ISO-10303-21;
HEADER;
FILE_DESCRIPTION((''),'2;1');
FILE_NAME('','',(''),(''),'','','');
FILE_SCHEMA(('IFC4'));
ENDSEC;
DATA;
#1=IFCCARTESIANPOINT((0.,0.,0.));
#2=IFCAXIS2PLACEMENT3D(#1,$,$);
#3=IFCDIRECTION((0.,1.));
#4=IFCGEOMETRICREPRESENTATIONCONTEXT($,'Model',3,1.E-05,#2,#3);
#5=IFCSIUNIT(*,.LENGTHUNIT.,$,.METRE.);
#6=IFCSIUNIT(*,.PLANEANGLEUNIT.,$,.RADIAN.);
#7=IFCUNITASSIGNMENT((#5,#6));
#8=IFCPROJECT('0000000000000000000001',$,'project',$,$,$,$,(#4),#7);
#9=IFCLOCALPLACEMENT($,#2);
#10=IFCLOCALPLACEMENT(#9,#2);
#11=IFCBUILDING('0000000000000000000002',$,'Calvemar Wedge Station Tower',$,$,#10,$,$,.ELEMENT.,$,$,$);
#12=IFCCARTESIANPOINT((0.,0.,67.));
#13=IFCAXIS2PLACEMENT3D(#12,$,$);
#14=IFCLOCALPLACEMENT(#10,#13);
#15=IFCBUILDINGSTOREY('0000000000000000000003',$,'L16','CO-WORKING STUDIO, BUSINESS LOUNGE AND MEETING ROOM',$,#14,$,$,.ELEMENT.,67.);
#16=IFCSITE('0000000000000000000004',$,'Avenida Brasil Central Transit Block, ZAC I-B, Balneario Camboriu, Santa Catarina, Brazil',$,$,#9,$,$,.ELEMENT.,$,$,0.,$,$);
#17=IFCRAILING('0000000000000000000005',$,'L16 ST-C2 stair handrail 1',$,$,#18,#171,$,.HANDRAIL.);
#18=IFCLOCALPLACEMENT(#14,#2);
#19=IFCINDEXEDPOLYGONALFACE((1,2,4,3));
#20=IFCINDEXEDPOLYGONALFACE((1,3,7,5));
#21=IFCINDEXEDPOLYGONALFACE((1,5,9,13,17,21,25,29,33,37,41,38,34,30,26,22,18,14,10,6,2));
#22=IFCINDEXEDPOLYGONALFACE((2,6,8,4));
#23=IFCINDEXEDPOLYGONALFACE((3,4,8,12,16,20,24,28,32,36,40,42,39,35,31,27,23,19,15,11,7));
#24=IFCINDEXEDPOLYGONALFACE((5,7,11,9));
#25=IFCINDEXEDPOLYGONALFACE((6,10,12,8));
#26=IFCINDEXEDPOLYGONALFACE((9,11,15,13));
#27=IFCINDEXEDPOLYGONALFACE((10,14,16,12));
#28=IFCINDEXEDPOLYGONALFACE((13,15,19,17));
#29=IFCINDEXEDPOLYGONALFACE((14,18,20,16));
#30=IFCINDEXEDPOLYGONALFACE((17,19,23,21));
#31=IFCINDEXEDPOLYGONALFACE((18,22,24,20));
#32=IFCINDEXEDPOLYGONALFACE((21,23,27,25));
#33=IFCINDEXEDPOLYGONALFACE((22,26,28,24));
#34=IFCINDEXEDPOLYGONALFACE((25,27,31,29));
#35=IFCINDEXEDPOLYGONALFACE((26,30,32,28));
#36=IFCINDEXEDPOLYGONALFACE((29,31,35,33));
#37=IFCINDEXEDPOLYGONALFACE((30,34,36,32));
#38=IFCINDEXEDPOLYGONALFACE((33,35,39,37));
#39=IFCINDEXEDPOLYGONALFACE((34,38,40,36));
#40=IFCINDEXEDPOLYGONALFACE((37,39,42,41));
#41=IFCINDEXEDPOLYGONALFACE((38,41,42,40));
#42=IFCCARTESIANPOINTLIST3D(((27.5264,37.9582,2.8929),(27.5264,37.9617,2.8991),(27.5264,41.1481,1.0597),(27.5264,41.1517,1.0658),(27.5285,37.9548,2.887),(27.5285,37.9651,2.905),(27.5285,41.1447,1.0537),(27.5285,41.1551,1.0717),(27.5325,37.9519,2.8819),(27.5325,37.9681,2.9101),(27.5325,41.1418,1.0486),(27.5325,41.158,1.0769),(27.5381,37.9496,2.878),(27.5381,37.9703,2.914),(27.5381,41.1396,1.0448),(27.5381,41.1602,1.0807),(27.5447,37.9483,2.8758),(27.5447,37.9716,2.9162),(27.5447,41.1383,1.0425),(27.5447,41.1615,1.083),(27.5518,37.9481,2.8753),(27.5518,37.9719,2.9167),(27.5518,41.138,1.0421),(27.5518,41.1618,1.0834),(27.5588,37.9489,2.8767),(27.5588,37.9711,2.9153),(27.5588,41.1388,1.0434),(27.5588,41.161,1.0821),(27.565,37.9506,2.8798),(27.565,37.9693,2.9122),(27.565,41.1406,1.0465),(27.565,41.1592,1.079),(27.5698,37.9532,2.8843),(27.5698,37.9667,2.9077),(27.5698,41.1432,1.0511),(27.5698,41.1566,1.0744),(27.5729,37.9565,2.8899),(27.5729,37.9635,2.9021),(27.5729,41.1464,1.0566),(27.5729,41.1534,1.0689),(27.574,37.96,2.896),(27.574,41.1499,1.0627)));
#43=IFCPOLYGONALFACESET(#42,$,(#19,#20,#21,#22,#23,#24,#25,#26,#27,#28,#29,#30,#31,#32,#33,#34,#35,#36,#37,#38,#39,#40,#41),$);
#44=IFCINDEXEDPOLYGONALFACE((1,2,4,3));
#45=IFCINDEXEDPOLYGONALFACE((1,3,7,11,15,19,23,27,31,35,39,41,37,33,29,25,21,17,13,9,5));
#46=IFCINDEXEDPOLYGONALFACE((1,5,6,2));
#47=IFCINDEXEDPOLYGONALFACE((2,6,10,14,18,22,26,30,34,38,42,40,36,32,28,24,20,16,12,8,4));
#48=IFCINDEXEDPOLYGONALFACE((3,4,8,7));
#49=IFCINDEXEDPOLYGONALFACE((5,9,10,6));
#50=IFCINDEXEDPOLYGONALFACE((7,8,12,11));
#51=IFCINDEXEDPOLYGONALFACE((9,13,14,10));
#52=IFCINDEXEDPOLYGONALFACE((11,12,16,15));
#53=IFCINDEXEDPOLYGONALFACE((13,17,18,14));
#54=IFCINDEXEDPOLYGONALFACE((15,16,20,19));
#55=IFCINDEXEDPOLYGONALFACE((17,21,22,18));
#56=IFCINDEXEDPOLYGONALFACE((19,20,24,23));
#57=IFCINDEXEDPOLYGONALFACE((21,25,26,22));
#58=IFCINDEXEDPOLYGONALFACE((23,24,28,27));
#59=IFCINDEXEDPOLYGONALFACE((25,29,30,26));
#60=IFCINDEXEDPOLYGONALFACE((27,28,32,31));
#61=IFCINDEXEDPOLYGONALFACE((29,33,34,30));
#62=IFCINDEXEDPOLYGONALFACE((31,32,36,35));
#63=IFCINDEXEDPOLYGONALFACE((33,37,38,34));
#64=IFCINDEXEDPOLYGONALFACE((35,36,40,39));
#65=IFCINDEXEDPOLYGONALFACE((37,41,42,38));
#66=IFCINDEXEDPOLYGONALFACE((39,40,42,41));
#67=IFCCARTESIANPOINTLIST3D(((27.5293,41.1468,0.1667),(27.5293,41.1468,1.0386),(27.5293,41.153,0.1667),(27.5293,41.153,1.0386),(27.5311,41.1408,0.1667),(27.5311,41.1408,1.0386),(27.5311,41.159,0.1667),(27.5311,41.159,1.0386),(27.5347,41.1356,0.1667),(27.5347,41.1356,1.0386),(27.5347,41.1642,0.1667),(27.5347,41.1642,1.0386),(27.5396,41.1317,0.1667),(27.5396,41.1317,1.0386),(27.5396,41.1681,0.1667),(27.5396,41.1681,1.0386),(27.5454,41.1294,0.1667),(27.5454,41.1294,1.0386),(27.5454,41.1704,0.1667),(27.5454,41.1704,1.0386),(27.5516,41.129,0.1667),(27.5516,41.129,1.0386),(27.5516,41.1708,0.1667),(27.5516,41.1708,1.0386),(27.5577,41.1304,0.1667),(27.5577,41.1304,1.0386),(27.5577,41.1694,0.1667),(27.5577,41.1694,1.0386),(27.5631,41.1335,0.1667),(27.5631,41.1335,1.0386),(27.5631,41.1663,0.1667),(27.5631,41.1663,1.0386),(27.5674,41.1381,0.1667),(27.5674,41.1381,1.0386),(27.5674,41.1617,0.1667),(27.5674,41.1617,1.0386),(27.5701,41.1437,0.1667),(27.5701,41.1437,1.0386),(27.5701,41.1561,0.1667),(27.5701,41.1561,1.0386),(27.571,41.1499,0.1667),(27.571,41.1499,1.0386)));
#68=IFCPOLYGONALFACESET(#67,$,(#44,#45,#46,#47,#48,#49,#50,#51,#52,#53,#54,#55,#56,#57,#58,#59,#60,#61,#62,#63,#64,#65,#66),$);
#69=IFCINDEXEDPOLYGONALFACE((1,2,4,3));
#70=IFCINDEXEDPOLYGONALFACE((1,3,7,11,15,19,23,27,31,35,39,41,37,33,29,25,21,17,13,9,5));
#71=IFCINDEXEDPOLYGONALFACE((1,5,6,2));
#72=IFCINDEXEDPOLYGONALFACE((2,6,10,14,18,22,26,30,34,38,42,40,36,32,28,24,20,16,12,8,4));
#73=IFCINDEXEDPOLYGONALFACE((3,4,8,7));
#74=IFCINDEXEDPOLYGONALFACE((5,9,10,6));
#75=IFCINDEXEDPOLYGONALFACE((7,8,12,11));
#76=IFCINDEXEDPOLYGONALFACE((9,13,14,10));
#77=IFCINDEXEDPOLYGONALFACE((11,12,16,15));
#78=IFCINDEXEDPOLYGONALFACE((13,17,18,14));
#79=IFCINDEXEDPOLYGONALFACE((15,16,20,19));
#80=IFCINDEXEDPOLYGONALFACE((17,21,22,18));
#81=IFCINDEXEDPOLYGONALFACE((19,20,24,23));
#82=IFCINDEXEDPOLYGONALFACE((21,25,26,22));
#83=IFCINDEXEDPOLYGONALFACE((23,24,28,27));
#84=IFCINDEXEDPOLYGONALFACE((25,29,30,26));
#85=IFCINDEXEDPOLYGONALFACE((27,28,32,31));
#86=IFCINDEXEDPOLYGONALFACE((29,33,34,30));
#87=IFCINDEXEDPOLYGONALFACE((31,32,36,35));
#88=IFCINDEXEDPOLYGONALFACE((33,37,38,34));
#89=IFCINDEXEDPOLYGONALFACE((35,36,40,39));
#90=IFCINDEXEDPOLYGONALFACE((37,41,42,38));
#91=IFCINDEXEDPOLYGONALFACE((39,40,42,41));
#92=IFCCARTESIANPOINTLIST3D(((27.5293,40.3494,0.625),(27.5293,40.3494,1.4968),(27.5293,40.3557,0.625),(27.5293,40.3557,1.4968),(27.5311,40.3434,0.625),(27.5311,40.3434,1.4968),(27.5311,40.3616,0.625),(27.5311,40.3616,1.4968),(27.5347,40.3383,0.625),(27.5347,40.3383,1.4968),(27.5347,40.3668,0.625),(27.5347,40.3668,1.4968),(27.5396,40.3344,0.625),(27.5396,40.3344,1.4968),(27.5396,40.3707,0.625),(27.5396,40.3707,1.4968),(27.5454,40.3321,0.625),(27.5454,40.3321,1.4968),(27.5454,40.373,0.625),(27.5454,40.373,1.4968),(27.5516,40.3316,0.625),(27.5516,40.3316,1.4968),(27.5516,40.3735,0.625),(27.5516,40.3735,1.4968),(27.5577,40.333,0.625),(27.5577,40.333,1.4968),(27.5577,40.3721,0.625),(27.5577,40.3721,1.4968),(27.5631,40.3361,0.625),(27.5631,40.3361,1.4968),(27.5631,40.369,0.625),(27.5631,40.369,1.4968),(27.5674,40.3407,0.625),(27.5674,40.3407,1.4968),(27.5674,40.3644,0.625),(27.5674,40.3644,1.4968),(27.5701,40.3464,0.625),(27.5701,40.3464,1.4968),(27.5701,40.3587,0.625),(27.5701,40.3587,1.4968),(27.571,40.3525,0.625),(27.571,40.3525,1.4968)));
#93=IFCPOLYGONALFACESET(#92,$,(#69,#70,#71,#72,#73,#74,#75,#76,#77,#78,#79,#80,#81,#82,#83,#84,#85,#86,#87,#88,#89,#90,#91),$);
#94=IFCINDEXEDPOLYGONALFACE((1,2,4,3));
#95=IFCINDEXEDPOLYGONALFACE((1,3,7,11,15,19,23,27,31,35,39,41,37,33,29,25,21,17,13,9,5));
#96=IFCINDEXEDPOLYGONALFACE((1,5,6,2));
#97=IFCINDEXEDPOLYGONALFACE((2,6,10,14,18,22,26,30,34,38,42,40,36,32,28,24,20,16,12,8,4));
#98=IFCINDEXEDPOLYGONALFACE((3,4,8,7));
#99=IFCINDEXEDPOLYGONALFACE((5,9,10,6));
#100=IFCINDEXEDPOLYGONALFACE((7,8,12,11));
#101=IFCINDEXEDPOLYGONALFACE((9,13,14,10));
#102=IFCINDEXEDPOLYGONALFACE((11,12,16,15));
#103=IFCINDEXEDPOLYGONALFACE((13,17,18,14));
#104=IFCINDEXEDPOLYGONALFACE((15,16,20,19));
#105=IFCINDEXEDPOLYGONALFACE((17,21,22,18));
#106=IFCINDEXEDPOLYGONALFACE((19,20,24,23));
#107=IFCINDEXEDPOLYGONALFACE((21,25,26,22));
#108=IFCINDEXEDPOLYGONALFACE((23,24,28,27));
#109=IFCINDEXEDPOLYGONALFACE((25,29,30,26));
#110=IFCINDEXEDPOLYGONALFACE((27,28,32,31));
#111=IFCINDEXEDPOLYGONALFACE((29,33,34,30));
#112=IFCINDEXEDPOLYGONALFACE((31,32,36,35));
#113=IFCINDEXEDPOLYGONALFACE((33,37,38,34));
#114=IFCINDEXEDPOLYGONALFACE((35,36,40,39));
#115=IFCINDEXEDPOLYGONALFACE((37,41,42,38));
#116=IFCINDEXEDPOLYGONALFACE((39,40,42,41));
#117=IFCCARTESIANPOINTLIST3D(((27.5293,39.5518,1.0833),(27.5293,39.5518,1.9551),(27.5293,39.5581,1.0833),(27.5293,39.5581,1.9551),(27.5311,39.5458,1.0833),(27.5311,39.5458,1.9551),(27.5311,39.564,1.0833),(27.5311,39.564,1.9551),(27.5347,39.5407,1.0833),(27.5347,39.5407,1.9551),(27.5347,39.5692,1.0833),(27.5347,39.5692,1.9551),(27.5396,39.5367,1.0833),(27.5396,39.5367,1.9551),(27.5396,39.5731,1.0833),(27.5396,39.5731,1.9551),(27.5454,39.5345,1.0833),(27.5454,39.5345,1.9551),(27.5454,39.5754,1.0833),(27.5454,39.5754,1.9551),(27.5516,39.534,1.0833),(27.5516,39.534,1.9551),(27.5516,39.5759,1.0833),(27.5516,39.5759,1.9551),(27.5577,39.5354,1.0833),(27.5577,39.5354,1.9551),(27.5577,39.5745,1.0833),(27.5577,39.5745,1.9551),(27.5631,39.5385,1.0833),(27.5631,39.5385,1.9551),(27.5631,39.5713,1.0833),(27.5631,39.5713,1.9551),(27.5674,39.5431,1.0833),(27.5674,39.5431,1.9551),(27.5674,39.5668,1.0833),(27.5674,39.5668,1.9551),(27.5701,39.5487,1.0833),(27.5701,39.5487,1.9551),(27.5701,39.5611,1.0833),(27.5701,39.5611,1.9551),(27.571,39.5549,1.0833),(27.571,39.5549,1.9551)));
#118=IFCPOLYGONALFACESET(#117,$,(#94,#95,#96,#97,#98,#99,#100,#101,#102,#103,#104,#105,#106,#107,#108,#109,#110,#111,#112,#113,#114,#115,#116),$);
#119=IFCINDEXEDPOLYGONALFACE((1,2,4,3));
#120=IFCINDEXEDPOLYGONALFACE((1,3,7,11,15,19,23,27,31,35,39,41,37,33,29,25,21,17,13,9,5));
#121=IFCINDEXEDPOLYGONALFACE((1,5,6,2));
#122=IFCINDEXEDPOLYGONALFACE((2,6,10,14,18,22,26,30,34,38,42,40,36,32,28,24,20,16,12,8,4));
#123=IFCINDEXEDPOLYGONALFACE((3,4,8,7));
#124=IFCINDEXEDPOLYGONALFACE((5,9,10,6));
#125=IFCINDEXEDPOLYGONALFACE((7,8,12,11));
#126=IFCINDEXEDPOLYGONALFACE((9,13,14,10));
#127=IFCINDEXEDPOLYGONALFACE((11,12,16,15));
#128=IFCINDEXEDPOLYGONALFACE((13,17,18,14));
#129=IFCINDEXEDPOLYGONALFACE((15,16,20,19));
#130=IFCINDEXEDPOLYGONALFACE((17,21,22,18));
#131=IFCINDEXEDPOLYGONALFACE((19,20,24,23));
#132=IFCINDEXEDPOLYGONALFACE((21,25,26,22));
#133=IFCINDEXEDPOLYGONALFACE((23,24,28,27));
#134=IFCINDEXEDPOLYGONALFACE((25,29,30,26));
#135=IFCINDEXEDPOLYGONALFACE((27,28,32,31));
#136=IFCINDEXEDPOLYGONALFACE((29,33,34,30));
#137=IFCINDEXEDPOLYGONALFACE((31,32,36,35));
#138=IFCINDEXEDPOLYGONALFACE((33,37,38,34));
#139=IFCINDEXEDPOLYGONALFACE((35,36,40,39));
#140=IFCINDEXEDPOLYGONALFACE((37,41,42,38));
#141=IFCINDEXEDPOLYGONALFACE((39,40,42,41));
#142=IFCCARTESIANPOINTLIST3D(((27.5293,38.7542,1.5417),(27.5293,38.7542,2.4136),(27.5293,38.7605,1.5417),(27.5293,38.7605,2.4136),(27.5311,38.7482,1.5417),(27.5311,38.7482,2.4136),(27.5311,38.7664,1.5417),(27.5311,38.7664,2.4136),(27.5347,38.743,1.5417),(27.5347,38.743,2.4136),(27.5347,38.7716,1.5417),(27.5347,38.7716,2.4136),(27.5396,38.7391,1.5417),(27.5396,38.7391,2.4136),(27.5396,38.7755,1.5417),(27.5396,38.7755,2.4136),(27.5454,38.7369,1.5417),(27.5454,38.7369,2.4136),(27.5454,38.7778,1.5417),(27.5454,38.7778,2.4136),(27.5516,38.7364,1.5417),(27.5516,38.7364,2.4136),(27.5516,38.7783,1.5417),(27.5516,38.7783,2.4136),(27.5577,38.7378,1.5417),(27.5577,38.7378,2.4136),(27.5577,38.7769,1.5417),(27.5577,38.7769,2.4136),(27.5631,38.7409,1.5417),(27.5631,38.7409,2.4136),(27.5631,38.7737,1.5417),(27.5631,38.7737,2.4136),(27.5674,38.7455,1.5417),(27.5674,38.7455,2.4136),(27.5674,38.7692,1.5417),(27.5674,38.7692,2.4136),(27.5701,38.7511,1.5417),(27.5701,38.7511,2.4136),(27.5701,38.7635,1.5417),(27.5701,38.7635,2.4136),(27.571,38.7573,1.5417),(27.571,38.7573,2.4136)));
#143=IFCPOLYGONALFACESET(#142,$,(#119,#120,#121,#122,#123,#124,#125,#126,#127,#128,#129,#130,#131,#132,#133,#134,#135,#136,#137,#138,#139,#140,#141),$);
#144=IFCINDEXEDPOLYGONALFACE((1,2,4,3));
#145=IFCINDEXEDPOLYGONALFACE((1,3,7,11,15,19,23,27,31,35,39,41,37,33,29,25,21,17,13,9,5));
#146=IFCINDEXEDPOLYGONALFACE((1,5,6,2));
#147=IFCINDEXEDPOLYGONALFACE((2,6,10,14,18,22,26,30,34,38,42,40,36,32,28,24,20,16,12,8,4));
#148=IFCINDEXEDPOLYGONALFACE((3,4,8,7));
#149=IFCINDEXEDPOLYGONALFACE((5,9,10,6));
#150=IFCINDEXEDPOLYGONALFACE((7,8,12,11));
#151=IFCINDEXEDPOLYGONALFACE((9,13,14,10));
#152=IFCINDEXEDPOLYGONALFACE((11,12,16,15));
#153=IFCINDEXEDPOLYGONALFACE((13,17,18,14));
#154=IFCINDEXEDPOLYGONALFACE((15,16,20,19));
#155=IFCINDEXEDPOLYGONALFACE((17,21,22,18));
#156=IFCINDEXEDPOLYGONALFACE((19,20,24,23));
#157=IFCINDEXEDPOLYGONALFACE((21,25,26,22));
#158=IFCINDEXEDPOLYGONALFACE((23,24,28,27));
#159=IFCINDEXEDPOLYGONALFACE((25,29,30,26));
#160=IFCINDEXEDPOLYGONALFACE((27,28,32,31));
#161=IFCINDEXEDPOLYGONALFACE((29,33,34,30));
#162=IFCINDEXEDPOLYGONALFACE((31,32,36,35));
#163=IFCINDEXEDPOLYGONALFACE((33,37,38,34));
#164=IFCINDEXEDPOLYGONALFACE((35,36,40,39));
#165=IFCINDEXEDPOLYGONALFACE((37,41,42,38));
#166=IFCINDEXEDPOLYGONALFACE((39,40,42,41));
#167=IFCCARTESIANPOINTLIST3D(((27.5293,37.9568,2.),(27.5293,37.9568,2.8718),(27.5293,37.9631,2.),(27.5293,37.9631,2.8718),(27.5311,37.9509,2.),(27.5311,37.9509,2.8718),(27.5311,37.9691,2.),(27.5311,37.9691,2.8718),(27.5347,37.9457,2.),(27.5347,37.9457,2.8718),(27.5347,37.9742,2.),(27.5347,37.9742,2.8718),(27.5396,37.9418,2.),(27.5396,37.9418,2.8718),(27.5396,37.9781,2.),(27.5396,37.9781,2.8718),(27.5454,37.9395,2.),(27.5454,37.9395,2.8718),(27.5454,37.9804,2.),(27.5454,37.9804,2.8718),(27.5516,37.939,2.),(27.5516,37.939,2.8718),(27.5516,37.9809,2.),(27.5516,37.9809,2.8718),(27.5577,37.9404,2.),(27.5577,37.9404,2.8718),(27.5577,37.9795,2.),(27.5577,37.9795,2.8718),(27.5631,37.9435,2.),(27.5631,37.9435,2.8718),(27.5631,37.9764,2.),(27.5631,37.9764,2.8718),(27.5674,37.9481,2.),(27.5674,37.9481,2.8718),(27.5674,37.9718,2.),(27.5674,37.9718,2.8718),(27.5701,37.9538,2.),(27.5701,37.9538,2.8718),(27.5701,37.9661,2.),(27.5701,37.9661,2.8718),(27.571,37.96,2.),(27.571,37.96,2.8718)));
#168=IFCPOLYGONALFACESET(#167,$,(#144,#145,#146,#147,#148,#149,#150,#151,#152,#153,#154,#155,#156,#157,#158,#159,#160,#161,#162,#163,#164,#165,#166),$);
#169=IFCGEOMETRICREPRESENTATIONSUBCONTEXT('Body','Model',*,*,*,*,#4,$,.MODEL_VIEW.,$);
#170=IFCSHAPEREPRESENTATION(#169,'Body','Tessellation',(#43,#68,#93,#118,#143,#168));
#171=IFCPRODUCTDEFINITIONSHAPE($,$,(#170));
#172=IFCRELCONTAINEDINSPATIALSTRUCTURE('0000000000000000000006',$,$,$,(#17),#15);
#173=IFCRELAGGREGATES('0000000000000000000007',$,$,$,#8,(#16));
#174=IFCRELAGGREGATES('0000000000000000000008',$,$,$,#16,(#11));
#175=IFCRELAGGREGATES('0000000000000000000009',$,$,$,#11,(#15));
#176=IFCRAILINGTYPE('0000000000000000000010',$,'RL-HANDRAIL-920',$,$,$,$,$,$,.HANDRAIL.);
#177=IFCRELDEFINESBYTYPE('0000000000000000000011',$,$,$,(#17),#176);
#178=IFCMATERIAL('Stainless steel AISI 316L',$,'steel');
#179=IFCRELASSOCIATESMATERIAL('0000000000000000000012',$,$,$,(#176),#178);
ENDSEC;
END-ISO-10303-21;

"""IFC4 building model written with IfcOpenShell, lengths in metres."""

from ifc_helpers import new_model, si_unit, direction, frame, origin, origin_2d, place, context, subcontext, project, spatial, circle, extrude, material, type_object, element, save


model = new_model("IFC4")

# Units and contexts
model_context = context("Model", 3, precision=1e-05, world=origin(), true_north=direction((0.0, 1.0)))
body_context = subcontext(model_context, "Body", "Model", "MODEL_VIEW")
ifc_project = project(units=[si_unit("LENGTHUNIT", "METRE"), si_unit("PLANEANGLEUNIT", "RADIAN")], contexts=[model_context])

# Site, building, storey
site_placement = place(None, origin())
site = spatial("IfcSite", under=ifc_project, at=site_placement, Name="Avenida Brasil Central Transit Block, ZAC I-B, Balneario Camboriu, Santa Catarina, Brazil", CompositionType="ELEMENT", RefElevation=0.0)
building_placement = place(site_placement, origin())
building = spatial("IfcBuilding", under=site, at=building_placement, Name="Calvemar Wedge Station Tower", CompositionType="ELEMENT")
storey_placement = place(building_placement, frame((0.0, 0.0, 67.0)))
storey = spatial("IfcBuildingStorey", under=building, at=storey_placement, Name="L16", Description="CO-WORKING STUDIO, BUSINESS LOUNGE AND MEETING ROOM", CompositionType="ELEMENT", Elevation=67.0)

# Railing
ifc_material_1 = material(Name="Stainless steel AISI 316L", Category="steel")
railing_type_1 = type_object("IfcRailingType", Name="RL-HANDRAIL-920", PredefinedType="HANDRAIL", material=ifc_material_1)
railing_1_placement = place(storey_placement, frame((27.55, 41.1499, 0.1667)))
element("IfcRailing", 1, at=railing_1_placement, inside=storey, type_object=railing_type_1, Name="L16 ST-C2 stair handrail 1", PredefinedType="HANDRAIL", context=body_context, shape_type="SweptSolid", body=[
    extrude(circle(Radius=0.0239, at=origin_2d()), frame((0.0, 0.0, 0.896), z_axis=(0.0, -0.86702, 0.498274), x_axis=(1.0, 0.0, 0.0)), (0.0, 0.0, 1.0), 3.6792),
    extrude(circle(Radius=0.021, at=origin_2d()), origin(), (0.0, 0.0, 1.0), 0.8718),
    extrude(circle(Radius=0.021, at=origin_2d()), frame((0.0, -0.7974, 0.4583)), (0.0, 0.0, 1.0), 0.8718),
    extrude(circle(Radius=0.021, at=origin_2d()), frame((0.0, -1.595, 0.9165)), (0.0, 0.0, 1.0), 0.8718),
    extrude(circle(Radius=0.021, at=origin_2d()), frame((0.0, -2.3926, 1.375)), (0.0, 0.0, 1.0), 0.8718),
    extrude(circle(Radius=0.021, at=origin_2d()), frame((0.0, -3.1899, 1.8333)), (0.0, 0.0, 1.0), 0.8718),
])

save(model, "model.ifc")
